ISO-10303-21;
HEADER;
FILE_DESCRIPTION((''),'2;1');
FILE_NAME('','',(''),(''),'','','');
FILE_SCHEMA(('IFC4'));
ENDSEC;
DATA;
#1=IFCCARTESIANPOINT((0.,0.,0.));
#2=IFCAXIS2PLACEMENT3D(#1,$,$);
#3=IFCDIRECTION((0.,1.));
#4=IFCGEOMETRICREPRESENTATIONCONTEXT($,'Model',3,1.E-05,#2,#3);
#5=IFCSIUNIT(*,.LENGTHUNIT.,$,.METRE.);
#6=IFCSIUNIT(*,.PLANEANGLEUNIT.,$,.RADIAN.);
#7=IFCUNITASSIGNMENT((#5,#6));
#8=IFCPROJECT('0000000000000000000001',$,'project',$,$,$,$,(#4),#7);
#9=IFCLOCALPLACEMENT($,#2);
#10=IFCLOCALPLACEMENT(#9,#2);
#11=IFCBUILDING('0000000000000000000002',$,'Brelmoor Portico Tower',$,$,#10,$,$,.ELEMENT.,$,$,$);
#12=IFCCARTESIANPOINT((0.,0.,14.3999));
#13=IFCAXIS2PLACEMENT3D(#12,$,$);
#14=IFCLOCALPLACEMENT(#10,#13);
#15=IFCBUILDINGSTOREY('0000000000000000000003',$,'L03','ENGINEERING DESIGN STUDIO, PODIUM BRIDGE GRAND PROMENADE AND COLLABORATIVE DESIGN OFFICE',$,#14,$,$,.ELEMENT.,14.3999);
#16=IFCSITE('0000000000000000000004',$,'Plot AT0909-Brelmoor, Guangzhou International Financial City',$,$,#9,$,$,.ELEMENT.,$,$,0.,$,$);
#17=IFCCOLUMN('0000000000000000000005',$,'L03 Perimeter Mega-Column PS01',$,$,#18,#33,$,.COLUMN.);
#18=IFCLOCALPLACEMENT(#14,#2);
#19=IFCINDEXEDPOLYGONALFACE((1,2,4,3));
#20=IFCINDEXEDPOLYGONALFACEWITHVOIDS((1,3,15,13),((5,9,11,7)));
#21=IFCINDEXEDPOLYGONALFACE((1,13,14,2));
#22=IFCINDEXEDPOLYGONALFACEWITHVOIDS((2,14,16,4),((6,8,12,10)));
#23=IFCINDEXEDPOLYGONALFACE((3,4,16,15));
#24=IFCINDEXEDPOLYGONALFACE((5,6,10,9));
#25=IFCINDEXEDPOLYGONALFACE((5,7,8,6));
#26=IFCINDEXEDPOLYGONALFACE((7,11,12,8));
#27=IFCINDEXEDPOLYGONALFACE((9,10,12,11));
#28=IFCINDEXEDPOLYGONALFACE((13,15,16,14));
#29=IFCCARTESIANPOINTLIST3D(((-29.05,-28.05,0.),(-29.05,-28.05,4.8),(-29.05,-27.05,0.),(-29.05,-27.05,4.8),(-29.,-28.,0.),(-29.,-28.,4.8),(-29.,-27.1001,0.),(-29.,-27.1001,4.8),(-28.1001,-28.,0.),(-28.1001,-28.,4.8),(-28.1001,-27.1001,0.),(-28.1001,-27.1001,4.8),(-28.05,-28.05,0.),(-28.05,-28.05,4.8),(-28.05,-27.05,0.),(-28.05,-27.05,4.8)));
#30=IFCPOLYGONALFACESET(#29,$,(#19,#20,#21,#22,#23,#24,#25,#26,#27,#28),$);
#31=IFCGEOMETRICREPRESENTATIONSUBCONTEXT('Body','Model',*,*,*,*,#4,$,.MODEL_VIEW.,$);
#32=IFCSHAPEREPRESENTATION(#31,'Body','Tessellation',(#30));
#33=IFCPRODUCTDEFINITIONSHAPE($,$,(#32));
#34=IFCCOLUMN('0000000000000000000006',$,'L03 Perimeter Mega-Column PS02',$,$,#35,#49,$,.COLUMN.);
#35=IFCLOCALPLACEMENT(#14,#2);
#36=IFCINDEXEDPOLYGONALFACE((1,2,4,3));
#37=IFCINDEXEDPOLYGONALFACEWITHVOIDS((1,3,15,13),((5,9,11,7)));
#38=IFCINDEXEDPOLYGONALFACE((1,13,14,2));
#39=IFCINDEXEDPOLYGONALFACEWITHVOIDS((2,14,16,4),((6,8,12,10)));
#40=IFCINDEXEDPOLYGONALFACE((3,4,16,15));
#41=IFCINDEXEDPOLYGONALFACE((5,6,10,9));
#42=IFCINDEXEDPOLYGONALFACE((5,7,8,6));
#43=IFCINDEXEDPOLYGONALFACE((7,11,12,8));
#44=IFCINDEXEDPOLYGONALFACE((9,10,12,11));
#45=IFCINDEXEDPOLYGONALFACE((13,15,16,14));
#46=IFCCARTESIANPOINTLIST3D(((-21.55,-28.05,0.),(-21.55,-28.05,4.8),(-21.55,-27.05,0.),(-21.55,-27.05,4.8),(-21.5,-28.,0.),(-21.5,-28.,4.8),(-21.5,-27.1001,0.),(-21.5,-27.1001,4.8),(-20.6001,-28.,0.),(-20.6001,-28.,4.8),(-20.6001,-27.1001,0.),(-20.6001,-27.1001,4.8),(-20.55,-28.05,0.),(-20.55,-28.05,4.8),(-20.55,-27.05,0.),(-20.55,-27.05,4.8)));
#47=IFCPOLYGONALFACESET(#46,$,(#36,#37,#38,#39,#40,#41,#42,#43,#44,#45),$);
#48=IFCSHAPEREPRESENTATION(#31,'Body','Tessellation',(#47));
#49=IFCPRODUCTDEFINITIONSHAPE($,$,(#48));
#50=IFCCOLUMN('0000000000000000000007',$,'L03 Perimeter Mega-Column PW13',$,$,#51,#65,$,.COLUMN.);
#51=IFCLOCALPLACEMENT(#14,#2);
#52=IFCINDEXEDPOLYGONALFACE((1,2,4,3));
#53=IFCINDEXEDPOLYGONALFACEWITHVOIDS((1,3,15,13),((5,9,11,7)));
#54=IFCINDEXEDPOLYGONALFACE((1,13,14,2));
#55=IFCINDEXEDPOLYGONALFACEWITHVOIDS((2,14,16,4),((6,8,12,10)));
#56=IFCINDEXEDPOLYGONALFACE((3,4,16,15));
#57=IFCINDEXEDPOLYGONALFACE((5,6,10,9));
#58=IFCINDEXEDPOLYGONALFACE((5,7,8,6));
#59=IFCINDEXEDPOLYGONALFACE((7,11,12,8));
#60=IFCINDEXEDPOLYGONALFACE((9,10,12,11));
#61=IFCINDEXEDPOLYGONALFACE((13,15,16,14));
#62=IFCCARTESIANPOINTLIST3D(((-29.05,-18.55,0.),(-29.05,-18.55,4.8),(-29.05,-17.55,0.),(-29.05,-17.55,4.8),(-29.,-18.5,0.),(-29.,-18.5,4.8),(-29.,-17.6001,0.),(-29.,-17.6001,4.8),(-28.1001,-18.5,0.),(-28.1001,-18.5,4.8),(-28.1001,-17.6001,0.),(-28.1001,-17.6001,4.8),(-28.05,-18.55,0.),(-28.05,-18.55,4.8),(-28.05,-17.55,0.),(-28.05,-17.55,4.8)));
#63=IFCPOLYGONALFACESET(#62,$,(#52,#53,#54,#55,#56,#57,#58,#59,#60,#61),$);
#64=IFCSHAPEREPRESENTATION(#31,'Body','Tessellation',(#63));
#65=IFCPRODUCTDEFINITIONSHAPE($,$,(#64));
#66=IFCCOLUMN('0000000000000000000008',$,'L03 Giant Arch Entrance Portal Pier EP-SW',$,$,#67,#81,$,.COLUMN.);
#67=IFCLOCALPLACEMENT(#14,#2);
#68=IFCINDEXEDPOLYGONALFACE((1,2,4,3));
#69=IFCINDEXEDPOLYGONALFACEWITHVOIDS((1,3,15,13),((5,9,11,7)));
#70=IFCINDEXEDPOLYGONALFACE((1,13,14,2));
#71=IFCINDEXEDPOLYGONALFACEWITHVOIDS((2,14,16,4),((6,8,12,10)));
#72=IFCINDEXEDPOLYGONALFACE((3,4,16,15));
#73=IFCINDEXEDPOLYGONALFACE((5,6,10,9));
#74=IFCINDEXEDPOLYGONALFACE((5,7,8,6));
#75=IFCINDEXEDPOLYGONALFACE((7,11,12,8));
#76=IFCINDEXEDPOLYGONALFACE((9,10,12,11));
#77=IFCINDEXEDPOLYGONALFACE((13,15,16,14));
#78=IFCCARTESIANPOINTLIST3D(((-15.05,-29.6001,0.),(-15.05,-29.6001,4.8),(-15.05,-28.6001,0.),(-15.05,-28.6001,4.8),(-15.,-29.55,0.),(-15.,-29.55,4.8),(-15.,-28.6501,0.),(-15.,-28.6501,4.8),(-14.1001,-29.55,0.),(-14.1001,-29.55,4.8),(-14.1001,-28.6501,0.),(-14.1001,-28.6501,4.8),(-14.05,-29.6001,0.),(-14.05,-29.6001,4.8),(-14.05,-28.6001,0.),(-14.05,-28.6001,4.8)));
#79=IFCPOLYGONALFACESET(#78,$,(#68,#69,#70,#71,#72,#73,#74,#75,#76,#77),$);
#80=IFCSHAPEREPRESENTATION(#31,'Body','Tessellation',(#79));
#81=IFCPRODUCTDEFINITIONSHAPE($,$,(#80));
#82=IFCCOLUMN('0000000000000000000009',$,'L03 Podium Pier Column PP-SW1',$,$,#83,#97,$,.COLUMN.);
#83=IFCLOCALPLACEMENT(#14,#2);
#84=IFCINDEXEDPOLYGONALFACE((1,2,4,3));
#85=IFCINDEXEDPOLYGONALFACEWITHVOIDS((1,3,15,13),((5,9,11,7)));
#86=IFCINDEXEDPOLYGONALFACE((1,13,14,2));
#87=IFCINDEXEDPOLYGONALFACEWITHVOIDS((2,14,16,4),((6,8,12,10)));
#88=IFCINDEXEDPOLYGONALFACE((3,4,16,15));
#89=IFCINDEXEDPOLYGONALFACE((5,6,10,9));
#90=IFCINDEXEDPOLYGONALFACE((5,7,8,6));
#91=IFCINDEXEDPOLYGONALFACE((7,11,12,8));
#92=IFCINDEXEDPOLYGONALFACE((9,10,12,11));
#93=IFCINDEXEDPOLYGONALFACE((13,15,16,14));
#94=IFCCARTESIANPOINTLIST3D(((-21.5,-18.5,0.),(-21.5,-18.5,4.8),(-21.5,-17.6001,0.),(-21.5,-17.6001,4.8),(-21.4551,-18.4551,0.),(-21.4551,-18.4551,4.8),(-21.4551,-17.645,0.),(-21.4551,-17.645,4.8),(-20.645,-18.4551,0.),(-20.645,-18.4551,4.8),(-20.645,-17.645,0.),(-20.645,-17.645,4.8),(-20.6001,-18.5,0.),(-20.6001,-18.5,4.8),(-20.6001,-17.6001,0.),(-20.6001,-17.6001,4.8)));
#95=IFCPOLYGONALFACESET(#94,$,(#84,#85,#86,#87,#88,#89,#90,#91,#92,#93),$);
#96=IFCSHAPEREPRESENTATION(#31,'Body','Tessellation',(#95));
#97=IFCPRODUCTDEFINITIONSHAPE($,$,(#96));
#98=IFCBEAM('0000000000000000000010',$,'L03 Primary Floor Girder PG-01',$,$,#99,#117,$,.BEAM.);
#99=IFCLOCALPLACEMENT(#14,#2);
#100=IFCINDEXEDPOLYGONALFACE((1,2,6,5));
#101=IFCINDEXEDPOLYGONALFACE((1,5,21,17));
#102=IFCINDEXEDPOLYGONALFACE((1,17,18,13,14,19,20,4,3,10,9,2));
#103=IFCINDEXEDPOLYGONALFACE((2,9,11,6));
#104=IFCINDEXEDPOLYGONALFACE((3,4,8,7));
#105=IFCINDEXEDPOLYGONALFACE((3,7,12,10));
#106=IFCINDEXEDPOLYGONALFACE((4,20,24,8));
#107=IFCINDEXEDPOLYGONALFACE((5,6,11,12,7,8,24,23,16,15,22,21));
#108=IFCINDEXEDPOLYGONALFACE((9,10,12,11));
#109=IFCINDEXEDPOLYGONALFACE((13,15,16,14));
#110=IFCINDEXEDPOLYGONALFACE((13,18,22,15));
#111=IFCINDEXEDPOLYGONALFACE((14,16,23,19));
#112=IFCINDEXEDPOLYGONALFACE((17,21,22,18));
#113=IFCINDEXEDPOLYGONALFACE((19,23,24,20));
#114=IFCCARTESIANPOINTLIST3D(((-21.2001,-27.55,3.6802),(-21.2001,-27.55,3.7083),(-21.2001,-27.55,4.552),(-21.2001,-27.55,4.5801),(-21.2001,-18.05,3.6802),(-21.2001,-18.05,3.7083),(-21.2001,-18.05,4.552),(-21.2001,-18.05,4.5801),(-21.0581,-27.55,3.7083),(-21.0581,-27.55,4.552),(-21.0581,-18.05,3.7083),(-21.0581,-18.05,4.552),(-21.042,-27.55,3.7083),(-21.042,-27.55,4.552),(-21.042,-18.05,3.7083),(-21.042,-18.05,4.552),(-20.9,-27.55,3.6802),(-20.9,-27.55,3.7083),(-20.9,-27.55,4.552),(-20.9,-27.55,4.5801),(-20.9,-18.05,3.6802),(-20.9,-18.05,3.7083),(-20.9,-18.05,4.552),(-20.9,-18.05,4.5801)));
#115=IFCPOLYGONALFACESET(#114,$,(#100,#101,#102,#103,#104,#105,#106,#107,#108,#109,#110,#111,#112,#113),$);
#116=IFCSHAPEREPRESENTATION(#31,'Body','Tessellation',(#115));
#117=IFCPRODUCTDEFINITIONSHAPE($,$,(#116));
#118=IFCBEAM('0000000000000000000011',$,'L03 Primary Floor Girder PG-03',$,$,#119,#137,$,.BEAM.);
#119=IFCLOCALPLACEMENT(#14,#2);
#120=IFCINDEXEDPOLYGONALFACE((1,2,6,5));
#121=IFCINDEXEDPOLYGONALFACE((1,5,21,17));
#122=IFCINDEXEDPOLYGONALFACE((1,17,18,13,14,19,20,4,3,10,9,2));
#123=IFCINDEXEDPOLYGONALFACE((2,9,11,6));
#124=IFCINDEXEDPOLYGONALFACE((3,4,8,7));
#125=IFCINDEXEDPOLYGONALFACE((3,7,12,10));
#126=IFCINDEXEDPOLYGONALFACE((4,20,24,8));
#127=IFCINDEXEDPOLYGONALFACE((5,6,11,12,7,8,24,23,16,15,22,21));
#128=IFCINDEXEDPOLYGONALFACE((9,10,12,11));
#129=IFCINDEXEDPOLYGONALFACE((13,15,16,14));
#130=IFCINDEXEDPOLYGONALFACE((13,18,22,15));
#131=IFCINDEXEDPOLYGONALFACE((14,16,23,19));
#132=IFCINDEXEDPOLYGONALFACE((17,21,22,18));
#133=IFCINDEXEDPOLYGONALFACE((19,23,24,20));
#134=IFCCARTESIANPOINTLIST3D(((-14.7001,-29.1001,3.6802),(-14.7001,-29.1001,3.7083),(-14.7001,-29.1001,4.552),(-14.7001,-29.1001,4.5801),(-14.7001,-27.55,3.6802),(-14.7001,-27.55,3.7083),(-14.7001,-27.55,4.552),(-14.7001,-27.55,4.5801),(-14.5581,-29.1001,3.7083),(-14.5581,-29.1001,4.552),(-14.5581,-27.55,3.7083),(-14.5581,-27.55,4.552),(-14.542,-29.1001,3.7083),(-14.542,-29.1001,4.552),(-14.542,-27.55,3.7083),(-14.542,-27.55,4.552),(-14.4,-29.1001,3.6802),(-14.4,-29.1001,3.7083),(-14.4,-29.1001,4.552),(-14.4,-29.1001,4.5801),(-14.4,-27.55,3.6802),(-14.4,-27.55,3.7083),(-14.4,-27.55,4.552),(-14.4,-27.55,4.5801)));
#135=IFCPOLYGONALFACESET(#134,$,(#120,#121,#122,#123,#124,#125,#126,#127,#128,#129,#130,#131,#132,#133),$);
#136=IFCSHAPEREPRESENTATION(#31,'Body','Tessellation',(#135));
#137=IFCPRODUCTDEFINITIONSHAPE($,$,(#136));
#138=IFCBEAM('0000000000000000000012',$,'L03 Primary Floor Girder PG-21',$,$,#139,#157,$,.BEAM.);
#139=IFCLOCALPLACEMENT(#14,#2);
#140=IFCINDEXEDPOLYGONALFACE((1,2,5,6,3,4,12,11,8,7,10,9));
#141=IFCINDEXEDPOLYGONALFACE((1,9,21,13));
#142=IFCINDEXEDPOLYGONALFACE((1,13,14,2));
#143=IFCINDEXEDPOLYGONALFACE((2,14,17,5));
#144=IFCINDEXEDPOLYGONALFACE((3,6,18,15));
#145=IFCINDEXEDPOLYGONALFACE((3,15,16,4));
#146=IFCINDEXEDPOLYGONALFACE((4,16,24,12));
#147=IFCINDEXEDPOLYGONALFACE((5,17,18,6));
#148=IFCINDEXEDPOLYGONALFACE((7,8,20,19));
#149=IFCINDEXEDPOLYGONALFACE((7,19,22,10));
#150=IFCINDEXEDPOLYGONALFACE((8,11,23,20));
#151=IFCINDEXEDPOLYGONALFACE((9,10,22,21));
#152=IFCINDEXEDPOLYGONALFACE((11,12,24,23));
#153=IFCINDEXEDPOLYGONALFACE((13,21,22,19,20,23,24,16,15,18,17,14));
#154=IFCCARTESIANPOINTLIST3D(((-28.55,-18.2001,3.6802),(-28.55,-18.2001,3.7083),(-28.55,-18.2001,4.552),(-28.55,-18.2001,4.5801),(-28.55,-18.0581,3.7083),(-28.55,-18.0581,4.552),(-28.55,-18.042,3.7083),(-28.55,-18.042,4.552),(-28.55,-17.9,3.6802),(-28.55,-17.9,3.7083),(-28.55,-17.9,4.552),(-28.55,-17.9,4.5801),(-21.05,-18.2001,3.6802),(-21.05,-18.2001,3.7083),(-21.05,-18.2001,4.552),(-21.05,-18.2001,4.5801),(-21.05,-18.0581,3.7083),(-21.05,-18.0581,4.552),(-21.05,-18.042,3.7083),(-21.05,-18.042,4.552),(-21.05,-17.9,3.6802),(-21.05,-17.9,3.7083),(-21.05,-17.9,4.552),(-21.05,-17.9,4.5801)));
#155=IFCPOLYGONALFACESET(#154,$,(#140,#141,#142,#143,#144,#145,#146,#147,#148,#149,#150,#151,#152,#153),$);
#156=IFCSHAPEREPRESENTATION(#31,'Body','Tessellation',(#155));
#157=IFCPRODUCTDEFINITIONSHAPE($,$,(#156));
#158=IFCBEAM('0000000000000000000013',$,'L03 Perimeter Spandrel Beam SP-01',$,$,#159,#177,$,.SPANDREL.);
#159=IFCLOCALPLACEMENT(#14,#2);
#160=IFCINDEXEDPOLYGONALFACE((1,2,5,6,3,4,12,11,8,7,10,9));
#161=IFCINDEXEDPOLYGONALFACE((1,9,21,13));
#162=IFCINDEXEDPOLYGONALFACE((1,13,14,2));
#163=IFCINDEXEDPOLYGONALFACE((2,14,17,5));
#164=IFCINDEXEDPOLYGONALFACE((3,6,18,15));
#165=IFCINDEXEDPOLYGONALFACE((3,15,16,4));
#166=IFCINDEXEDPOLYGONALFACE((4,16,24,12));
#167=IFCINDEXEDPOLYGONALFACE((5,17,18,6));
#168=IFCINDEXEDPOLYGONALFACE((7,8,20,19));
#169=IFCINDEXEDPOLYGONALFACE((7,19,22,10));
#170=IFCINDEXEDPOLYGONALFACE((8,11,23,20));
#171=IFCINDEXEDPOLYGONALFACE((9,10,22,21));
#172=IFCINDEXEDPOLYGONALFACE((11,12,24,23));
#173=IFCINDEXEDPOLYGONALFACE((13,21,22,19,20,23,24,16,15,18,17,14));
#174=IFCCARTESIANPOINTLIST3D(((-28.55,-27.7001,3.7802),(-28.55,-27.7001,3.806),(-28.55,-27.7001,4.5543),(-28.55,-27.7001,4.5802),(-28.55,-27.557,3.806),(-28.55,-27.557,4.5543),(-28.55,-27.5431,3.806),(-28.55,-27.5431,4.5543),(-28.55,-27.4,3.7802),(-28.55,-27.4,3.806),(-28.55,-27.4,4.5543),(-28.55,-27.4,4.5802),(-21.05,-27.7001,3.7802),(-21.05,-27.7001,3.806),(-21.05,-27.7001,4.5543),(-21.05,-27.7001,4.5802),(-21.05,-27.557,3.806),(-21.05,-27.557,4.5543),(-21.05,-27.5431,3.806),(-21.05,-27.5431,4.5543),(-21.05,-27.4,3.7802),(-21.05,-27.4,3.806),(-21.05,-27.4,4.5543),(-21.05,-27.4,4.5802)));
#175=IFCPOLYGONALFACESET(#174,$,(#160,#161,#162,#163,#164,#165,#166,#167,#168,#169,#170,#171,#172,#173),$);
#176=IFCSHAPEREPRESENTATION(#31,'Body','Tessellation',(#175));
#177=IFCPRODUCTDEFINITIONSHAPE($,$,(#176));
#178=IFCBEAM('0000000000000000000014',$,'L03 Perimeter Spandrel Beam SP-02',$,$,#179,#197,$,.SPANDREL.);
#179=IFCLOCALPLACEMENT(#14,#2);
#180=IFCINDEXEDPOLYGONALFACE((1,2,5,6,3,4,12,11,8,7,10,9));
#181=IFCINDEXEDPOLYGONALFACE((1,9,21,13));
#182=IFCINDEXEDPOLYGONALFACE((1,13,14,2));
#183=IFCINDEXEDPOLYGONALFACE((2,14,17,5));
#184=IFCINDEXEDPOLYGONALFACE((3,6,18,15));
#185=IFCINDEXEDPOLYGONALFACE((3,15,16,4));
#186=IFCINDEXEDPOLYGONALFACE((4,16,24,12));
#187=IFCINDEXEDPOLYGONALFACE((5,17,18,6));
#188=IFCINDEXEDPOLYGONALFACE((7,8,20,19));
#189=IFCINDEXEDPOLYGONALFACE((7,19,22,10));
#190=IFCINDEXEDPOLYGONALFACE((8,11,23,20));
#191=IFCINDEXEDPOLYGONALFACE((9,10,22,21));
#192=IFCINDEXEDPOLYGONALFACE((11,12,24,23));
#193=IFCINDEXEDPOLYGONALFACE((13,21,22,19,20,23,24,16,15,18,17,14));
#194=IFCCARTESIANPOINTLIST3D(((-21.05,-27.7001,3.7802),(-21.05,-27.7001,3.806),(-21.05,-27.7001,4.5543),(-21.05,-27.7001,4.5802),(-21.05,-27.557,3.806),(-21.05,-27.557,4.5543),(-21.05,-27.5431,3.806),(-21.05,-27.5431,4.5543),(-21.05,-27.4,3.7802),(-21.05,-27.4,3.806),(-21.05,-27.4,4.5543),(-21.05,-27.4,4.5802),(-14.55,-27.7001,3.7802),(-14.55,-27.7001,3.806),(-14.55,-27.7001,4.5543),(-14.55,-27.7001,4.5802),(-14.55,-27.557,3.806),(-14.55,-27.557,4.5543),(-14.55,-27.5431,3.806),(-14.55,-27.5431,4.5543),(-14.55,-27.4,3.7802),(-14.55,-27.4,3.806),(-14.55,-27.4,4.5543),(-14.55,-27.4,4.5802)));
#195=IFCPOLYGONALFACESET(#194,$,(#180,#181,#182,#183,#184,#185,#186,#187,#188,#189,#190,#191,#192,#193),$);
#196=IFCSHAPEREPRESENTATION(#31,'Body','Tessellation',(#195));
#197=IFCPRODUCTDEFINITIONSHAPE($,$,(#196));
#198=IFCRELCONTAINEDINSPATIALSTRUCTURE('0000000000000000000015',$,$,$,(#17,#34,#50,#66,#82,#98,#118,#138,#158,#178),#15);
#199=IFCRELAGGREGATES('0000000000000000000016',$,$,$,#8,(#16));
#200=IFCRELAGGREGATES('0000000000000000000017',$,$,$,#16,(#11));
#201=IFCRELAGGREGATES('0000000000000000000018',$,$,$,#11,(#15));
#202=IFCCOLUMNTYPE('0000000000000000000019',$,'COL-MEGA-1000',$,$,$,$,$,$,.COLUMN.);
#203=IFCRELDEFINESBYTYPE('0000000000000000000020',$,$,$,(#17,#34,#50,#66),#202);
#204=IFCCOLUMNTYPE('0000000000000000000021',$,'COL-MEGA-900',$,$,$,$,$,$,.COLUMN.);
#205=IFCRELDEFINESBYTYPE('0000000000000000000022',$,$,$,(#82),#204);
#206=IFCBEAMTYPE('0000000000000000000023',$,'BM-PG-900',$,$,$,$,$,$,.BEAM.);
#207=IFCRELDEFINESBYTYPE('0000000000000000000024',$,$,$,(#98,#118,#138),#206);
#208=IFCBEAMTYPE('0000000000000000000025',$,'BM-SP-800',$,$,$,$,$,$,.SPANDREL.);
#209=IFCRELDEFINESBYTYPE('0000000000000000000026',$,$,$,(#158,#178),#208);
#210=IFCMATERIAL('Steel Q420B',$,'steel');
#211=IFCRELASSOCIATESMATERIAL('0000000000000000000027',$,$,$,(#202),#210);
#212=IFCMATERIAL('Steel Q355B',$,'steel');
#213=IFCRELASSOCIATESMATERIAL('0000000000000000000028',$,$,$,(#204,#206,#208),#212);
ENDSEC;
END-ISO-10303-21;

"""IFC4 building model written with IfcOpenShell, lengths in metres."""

from ifc_helpers import new_model, si_unit, direction, frame, origin, origin_2d, place, context, subcontext, project, spatial, hollow_rectangle, i_section, extrude, material, material_profile, profile_set, type_object, element, save


model = new_model("IFC4")

# Units and contexts
model_context = context("Model", 3, precision=1e-05, world=origin(), true_north=direction((0.0, 1.0)))
body_context = subcontext(model_context, "Body", "Model", "MODEL_VIEW")
ifc_project = project(units=[si_unit("LENGTHUNIT", "METRE"), si_unit("PLANEANGLEUNIT", "RADIAN")], contexts=[model_context])

# Site, building, storey
site_placement = place(None, origin())
site = spatial("IfcSite", under=ifc_project, at=site_placement, Name="Plot AT0909-Brelmoor, Guangzhou International Financial City", CompositionType="ELEMENT", RefElevation=0.0)
building_placement = place(site_placement, origin())
building = spatial("IfcBuilding", under=site, at=building_placement, Name="Brelmoor Portico Tower", CompositionType="ELEMENT")
storey_placement = place(building_placement, frame((0.0, 0.0, 14.3999)))
storey = spatial("IfcBuildingStorey", under=building, at=storey_placement, Name="L03", Description="ENGINEERING DESIGN STUDIO, PODIUM BRIDGE GRAND PROMENADE AND COLLABORATIVE DESIGN OFFICE", CompositionType="ELEMENT", Elevation=14.3999)

# Columns
ifc_material_1 = material(Name="Steel Q420B", Category="steel")
ifc_material_profile_1 = material_profile(ifc_material_1, hollow_rectangle(XDim=1.0, YDim=1.0, WallThickness=0.05, at=origin_2d()), Name="BOX 1000x1000x50")
ifc_profile_set_1 = profile_set([ifc_material_profile_1], Name="Steel Q420B")
column_type_1 = type_object("IfcColumnType", Name="COL-MEGA-1000", PredefinedType="COLUMN", material=ifc_profile_set_1)
for number, where, z_axis, x_axis, name in (
    (1, (-28.55, -27.55, 0.0), (0.0, 0.0, 1.0), (1.0, 0.0, 0.0), "L03 Perimeter Mega-Column PS01"),
    (2, (-21.05, -27.55, 0.0), (0.0, 0.0, 1.0), (1.0, 0.0, 0.0), "L03 Perimeter Mega-Column PS02"),
    (3, (-28.55, -18.05, 0.0), (0.0, 0.0, 1.0), (0.0, 1.0, 0.0), "L03 Perimeter Mega-Column PW13"),
    (4, (-14.55, -29.1001, 0.0), (0.0, 0.0, 1.0), (1.0, 0.0, 0.0), "L03 Giant Arch Entrance Portal Pier EP-SW"),
):
    element("IfcColumn", number, at=place(storey_placement, frame(where, z_axis=z_axis, x_axis=x_axis)), inside=storey, type_object=column_type_1, Name=name, PredefinedType="COLUMN", context=body_context, shape_type="SweptSolid", body=[
        extrude(hollow_rectangle(XDim=1.0, YDim=1.0, WallThickness=0.05, at=origin_2d()), origin(), (0.0, 0.0, 1.0), 4.8),
    ])
ifc_material_2 = material(Name="Steel Q355B", Category="steel")
ifc_material_profile_2 = material_profile(ifc_material_2, hollow_rectangle(XDim=0.8999, YDim=0.8999, WallThickness=0.0449, at=origin_2d()), Name="BOX 900x900x45")
ifc_profile_set_2 = profile_set([ifc_material_profile_2], Name="Steel Q355B")
column_type_2 = type_object("IfcColumnType", Name="COL-MEGA-900", PredefinedType="COLUMN", material=ifc_profile_set_2)
column_placement = place(storey_placement, frame((-21.05, -18.05, 0.0), z_axis=(0.0, 0.0, 1.0), x_axis=(1.0, 0.0, 0.0)))
element("IfcColumn", 5, at=column_placement, inside=storey, type_object=column_type_2, Name="L03 Podium Pier Column PP-SW1", PredefinedType="COLUMN", context=body_context, shape_type="SweptSolid", body=[
    extrude(hollow_rectangle(XDim=0.8999, YDim=0.8999, WallThickness=0.0449, at=origin_2d()), origin(), (0.0, 0.0, 1.0), 4.8),
])

# Beams
ifc_material_profile_3 = material_profile(ifc_material_2, i_section(OverallWidth=0.3, OverallDepth=0.8999, WebThickness=0.0161, FlangeThickness=0.0281, at=origin_2d()), Name="HN 900x300x16x28")
ifc_profile_set_3 = profile_set([ifc_material_profile_3], Name="Steel Q355B")
beam_type_1 = type_object("IfcBeamType", Name="BM-PG-900", PredefinedType="BEAM", material=ifc_profile_set_3)
beam_1_placement = place(storey_placement, frame((-21.05, -27.55, 4.1301), z_axis=(0.0, 1.0, 0.0), x_axis=(-1.0, 0.0, 0.0)))
element("IfcBeam", 6, at=beam_1_placement, inside=storey, type_object=beam_type_1, Name="L03 Primary Floor Girder PG-01", PredefinedType="BEAM", context=body_context, shape_type="SweptSolid", body=[
    extrude(i_section(OverallWidth=0.3, OverallDepth=0.8999, WebThickness=0.0161, FlangeThickness=0.0281, at=origin_2d()), origin(), (0.0, 0.0, 1.0), 9.5),
])
beam_2_placement = place(storey_placement, frame((-14.55, -29.1001, 4.1301), z_axis=(0.0, 1.0, 0.0), x_axis=(-1.0, 0.0, 0.0)))
element("IfcBeam", 7, at=beam_2_placement, inside=storey, type_object=beam_type_1, Name="L03 Primary Floor Girder PG-03", PredefinedType="BEAM", context=body_context, shape_type="SweptSolid", body=[
    extrude(i_section(OverallWidth=0.3, OverallDepth=0.8999, WebThickness=0.0161, FlangeThickness=0.0281, at=origin_2d()), origin(), (0.0, 0.0, 1.0), 1.55),
])
beam_3_placement = place(storey_placement, frame((-28.55, -18.05, 4.1301), z_axis=(1.0, 0.0, 0.0), x_axis=(0.0, 1.0, 0.0)))
element("IfcBeam", 8, at=beam_3_placement, inside=storey, type_object=beam_type_1, Name="L03 Primary Floor Girder PG-21", PredefinedType="BEAM", context=body_context, shape_type="SweptSolid", body=[
    extrude(i_section(OverallWidth=0.3, OverallDepth=0.8999, WebThickness=0.0161, FlangeThickness=0.0281, at=origin_2d()), origin(), (0.0, 0.0, 1.0), 7.5),
])
ifc_material_profile_4 = material_profile(ifc_material_2, i_section(OverallWidth=0.3, OverallDepth=0.8, WebThickness=0.0139, FlangeThickness=0.0259, at=origin_2d()), Name="HN 800x300x14x26")
ifc_profile_set_4 = profile_set([ifc_material_profile_4], Name="Steel Q355B")
beam_type_2 = type_object("IfcBeamType", Name="BM-SP-800", PredefinedType="SPANDREL", material=ifc_profile_set_4)
beam_4_placement = place(storey_placement, frame((-28.55, -27.55, 4.1802), z_axis=(1.0, 0.0, 0.0), x_axis=(0.0, 1.0, 0.0)))
element("IfcBeam", 9, at=beam_4_placement, inside=storey, type_object=beam_type_2, Name="L03 Perimeter Spandrel Beam SP-01", PredefinedType="SPANDREL", context=body_context, shape_type="SweptSolid", body=[
    extrude(i_section(OverallWidth=0.3, OverallDepth=0.8, WebThickness=0.0139, FlangeThickness=0.0259, at=origin_2d()), origin(), (0.0, 0.0, 1.0), 7.5),
])
beam_5_placement = place(storey_placement, frame((-21.05, -27.55, 4.1802), z_axis=(1.0, 0.0, 0.0), x_axis=(0.0, 1.0, 0.0)))
element("IfcBeam", 10, at=beam_5_placement, inside=storey, type_object=beam_type_2, Name="L03 Perimeter Spandrel Beam SP-02", PredefinedType="SPANDREL", context=body_context, shape_type="SweptSolid", body=[
    extrude(i_section(OverallWidth=0.3, OverallDepth=0.8, WebThickness=0.0139, FlangeThickness=0.0259, at=origin_2d()), origin(), (0.0, 0.0, 1.0), 6.5),
])

save(model, "model.ifc")
